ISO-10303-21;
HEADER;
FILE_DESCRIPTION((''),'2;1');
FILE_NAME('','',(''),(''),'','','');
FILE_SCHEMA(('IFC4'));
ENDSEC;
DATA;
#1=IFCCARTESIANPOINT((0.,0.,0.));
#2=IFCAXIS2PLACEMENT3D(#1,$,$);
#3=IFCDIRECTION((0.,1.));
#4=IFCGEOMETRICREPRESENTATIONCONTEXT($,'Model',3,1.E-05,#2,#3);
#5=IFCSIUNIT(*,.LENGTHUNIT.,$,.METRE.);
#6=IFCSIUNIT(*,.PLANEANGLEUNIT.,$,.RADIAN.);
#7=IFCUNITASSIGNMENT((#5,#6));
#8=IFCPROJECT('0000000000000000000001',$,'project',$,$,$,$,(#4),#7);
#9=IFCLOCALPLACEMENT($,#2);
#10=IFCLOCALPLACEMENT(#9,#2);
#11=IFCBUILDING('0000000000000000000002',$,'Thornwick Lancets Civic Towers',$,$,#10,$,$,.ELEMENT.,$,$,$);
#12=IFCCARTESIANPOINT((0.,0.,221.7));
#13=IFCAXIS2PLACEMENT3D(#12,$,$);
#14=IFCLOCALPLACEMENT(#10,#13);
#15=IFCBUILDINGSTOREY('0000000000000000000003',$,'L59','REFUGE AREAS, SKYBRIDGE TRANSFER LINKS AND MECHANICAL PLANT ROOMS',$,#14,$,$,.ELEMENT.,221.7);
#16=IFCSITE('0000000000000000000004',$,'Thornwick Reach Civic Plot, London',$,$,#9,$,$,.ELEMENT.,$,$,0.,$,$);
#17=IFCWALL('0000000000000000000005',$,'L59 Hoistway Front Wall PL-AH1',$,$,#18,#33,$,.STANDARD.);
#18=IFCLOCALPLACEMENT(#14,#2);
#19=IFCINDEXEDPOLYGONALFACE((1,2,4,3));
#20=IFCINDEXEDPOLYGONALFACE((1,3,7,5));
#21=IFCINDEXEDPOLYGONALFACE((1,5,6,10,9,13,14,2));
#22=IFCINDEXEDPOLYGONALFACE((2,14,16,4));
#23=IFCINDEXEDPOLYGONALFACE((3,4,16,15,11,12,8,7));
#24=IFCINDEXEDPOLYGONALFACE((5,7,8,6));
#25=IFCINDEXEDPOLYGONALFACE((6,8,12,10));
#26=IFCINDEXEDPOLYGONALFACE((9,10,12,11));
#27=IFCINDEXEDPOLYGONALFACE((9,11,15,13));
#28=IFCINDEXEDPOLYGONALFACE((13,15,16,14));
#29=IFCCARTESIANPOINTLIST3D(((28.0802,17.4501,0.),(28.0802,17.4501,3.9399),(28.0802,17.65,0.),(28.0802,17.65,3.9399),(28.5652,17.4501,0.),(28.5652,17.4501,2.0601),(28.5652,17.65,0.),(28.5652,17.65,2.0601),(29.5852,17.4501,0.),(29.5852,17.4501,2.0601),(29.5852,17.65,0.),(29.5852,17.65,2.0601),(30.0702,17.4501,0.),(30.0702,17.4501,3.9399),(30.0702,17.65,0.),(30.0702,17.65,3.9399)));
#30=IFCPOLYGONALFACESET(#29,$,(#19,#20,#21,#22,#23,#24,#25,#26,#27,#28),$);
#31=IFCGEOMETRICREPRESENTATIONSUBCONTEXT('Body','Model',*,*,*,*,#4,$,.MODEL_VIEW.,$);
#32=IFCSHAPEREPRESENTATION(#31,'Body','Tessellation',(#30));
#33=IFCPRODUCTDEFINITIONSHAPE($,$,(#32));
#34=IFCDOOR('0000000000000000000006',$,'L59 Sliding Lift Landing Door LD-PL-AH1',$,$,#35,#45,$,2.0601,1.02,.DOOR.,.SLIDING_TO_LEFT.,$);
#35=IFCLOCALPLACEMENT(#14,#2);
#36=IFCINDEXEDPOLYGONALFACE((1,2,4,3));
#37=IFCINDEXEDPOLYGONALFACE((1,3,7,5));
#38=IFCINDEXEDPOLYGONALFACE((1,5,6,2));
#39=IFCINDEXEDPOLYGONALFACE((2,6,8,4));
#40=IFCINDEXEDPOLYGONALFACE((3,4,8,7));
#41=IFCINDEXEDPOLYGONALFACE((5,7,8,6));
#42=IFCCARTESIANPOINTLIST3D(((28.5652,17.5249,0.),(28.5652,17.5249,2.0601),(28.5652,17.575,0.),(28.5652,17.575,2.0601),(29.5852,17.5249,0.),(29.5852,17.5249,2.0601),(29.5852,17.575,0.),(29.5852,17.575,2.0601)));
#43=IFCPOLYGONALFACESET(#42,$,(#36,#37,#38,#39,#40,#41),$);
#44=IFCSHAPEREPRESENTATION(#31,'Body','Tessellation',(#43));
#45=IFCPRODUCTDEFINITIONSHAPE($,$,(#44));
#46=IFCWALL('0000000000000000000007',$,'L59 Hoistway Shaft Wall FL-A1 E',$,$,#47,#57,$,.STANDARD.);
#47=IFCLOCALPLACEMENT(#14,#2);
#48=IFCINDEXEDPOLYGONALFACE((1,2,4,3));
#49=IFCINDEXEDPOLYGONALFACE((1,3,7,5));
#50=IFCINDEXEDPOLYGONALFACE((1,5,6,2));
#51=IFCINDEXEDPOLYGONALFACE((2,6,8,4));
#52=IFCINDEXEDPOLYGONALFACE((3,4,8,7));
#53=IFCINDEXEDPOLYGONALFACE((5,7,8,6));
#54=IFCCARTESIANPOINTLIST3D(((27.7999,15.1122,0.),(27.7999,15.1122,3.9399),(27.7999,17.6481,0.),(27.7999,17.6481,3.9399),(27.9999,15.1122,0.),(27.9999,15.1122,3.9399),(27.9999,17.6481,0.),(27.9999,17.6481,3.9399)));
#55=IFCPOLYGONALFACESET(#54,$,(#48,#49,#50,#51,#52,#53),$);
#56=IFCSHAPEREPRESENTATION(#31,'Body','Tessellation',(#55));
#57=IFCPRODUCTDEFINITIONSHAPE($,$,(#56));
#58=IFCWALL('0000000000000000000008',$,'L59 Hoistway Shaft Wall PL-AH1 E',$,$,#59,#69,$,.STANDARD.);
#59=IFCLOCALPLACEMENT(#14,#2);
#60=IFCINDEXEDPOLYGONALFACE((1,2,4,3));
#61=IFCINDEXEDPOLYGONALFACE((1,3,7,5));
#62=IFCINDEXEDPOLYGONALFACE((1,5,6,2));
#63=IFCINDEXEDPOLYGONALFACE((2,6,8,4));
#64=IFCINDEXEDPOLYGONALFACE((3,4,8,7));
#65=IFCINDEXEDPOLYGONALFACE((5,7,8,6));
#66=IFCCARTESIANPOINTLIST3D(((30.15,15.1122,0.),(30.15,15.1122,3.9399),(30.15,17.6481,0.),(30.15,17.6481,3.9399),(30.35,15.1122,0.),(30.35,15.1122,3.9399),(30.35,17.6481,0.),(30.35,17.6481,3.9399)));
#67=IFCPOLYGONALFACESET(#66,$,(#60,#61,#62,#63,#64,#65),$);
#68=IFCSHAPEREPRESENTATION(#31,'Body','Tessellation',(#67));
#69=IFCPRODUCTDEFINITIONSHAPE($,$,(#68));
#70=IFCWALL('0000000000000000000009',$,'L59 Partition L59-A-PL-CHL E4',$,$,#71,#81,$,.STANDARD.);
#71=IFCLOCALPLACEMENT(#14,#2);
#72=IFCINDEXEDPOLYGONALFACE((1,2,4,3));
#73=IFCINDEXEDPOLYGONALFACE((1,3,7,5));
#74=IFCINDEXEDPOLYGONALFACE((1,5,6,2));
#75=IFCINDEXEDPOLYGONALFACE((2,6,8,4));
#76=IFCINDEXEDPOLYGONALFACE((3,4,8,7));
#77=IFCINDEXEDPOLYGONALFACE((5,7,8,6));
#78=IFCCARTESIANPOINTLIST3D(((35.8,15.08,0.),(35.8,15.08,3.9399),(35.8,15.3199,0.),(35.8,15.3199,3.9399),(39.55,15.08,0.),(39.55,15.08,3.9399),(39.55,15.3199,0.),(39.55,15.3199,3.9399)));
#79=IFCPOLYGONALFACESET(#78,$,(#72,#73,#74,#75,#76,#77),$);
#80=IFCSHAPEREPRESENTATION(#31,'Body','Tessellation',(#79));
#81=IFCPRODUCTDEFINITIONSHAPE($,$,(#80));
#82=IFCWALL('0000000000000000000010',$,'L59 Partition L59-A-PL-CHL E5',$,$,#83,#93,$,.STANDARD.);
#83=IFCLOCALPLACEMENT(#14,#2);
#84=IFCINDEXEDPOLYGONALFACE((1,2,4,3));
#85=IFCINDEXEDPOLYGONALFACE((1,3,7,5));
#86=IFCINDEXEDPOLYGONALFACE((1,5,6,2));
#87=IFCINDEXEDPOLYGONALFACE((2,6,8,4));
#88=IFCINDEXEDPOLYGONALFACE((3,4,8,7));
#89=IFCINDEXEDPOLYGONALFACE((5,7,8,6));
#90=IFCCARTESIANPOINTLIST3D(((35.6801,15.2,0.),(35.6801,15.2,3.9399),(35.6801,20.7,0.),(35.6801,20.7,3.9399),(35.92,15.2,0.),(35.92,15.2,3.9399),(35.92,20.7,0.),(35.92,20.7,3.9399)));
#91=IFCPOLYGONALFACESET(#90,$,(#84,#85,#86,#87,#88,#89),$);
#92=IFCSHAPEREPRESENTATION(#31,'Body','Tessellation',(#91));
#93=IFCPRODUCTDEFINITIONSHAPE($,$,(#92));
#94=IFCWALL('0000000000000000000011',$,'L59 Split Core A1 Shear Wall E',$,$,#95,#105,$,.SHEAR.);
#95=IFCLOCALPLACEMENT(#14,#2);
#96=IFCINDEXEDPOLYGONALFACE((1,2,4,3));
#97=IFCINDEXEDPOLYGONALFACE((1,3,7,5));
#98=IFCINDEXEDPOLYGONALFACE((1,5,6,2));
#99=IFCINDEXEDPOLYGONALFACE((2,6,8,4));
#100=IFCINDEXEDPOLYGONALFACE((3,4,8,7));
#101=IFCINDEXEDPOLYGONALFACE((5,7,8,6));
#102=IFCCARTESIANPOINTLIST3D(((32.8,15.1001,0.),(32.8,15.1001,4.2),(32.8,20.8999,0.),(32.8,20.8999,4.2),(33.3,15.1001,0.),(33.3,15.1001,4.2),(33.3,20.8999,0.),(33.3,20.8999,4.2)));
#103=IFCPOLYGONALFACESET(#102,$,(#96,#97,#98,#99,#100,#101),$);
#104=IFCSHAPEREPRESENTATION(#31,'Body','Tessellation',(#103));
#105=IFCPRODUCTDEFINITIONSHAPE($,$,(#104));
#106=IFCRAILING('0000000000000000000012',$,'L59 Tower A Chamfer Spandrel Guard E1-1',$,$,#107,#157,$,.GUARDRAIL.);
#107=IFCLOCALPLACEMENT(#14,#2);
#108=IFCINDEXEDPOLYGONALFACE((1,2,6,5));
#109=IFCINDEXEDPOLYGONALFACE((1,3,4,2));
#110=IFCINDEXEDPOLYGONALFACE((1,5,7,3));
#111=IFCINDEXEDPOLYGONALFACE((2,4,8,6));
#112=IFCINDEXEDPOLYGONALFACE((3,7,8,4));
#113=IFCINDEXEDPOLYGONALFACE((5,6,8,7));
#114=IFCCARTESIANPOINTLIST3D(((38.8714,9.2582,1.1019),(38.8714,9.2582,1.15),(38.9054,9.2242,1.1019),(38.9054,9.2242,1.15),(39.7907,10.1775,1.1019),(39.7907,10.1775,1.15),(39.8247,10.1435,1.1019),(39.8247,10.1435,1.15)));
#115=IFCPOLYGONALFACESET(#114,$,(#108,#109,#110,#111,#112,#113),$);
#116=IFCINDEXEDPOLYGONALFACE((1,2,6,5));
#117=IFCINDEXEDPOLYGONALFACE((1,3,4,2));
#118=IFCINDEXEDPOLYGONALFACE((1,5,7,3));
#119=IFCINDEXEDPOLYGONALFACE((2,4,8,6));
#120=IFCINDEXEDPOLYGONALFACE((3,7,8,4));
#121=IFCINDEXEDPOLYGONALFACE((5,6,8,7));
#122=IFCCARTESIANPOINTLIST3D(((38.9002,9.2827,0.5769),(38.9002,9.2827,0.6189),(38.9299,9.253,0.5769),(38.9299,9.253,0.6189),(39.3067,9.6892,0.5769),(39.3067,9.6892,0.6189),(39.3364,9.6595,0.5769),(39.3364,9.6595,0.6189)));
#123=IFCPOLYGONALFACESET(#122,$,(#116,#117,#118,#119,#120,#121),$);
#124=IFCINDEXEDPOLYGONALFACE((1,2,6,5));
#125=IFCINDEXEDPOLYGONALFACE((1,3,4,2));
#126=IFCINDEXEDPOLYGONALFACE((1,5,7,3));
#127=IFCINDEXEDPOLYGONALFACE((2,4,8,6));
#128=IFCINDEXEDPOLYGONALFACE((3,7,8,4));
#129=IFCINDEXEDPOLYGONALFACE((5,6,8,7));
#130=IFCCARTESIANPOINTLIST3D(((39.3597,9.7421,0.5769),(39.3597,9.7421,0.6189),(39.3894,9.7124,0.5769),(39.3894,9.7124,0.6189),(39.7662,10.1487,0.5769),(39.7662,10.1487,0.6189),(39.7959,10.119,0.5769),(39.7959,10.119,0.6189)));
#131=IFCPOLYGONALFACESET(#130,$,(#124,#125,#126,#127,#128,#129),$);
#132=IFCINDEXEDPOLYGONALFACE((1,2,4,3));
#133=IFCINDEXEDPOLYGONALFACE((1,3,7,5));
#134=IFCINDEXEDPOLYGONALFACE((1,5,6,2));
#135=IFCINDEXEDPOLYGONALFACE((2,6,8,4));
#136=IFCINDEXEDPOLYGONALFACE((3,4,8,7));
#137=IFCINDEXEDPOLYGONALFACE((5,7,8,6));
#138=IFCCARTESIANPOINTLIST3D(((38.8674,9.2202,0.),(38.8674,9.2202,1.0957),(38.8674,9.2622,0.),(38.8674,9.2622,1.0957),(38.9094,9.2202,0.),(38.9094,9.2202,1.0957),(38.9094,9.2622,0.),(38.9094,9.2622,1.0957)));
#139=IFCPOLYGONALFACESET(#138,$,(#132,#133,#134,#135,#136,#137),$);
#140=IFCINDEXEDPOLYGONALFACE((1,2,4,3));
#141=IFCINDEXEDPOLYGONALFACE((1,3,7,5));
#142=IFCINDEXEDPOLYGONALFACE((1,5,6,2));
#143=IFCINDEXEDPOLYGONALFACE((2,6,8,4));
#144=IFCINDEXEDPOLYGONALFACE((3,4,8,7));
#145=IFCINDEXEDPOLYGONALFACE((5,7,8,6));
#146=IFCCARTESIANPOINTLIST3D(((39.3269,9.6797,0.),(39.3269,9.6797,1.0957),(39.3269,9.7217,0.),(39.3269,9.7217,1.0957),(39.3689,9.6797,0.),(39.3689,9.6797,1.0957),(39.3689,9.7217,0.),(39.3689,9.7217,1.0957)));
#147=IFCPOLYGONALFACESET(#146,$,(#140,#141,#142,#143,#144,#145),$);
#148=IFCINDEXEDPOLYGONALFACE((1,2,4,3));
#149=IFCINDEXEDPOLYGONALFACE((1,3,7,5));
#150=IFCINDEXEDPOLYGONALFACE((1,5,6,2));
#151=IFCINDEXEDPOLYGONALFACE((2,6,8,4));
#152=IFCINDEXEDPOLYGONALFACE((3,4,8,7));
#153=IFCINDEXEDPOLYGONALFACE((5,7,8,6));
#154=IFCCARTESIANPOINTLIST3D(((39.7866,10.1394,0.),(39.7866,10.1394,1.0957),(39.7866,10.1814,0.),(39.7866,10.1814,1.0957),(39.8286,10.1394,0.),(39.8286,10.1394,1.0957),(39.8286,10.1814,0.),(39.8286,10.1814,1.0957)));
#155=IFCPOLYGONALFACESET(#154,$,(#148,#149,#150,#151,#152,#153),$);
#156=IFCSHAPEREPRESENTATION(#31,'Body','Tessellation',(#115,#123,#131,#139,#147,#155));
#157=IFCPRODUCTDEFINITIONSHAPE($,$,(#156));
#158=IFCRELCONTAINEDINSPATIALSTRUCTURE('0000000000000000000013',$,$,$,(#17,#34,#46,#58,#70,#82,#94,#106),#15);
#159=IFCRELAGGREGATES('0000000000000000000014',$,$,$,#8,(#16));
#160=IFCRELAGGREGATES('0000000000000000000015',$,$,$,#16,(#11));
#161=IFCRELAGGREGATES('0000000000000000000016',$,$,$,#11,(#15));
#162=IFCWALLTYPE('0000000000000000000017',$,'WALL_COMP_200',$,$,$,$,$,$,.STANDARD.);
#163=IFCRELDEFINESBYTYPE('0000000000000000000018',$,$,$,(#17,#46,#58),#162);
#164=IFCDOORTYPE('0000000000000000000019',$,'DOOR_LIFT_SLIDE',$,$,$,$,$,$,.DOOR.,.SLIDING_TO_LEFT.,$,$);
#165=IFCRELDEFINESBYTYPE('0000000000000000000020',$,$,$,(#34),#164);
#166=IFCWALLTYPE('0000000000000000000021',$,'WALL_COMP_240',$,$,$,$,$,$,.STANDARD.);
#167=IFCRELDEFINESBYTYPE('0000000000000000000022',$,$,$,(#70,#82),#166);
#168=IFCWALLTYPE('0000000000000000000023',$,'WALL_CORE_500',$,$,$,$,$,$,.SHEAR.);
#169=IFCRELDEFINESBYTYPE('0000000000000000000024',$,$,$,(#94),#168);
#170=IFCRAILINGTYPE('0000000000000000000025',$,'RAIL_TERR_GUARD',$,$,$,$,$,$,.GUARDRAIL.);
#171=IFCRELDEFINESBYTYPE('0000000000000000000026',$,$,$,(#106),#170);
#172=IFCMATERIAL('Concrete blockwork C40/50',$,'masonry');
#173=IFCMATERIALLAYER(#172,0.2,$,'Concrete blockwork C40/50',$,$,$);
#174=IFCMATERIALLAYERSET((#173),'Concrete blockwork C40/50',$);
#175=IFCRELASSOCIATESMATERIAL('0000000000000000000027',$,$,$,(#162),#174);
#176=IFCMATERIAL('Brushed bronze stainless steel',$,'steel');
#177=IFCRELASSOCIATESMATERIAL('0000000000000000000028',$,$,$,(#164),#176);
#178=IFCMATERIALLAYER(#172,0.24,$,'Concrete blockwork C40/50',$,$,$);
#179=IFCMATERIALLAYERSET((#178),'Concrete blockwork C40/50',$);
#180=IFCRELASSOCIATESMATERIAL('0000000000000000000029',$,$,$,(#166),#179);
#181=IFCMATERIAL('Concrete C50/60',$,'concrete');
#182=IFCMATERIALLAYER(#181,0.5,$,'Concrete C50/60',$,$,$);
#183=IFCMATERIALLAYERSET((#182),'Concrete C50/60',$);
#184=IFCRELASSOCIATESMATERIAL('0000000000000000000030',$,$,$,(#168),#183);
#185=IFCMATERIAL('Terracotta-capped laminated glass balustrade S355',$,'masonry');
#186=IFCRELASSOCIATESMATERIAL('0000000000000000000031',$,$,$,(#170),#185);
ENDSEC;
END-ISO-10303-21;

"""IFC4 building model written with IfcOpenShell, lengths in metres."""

from ifc_helpers import new_model, si_unit, direction, frame, frame_2d, origin, origin_2d, place, context, subcontext, project, spatial, rectangle, extrude, material, layer, layer_set, type_object, element, fill, save


model = new_model("IFC4")

# Units and contexts
model_context = context("Model", 3, precision=1e-05, world=origin(), true_north=direction((0.0, 1.0)))
body_context = subcontext(model_context, "Body", "Model", "MODEL_VIEW")
ifc_project = project(units=[si_unit("LENGTHUNIT", "METRE"), si_unit("PLANEANGLEUNIT", "RADIAN")], contexts=[model_context])

# Site, building, storey
site_placement = place(None, origin())
site = spatial("IfcSite", under=ifc_project, at=site_placement, Name="Thornwick Reach Civic Plot, London", CompositionType="ELEMENT", RefElevation=0.0)
building_placement = place(site_placement, origin())
building = spatial("IfcBuilding", under=site, at=building_placement, Name="Thornwick Lancets Civic Towers", CompositionType="ELEMENT")
storey_placement = place(building_placement, frame((0.0, 0.0, 221.7)))
storey = spatial("IfcBuildingStorey", under=building, at=storey_placement, Name="L59", Description="REFUGE AREAS, SKYBRIDGE TRANSFER LINKS AND MECHANICAL PLANT ROOMS", CompositionType="ELEMENT", Elevation=221.7)

# Shared definitions
ifc_material_1 = material(Name="Concrete C50/60", Category="concrete")

# Wall, opening, door
ifc_material_2 = material(Name="Concrete blockwork C40/50", Category="masonry")
ifc_layer_1 = layer(ifc_material_2, 0.2, Name="Concrete blockwork C40/50")
ifc_layer_set_1 = layer_set([ifc_layer_1], Name="Concrete blockwork C40/50")
wall_type_1 = type_object("IfcWallType", Name="WALL_COMP_200", PredefinedType="STANDARD", material=ifc_layer_set_1)
wall_1_placement = place(storey_placement, frame((28.0801, 17.55, 0.0), z_axis=(0.0, 0.0, 1.0), x_axis=(1.0, 0.0, 0.0)))
wall_1 = element("IfcWall", 1, at=wall_1_placement, inside=storey, type_object=wall_type_1, Name="L59 Hoistway Front Wall PL-AH1", PredefinedType="STANDARD", context=body_context, shape_type="SweptSolid", body=[
    extrude(rectangle(XDim=1.99, YDim=0.2, at=frame_2d((0.9951, 0.0))), origin(), (0.0, 0.0, 1.0), 3.9399),
])
opening_placement = place(wall_1_placement, frame((0.4851, 0.0, 0.0)))
opening = element("IfcOpeningElement", 2, at=opening_placement, cuts=wall_1, PredefinedType="OPENING", context=body_context, shape_type="SweptSolid", body=[
    extrude(rectangle(XDim=1.02, YDim=2.0601, at=frame_2d((0.51, 1.03))), frame((0.0, 0.1099, 0.0), z_axis=(0.0, -1.0, 0.0), x_axis=(1.0, 0.0, 0.0)), (0.0, 0.0, 1.0), 0.22),
])
ifc_material_3 = material(Name="Brushed bronze stainless steel", Category="steel")
door_type = type_object("IfcDoorType", Name="DOOR_LIFT_SLIDE", OperationType="SLIDING_TO_LEFT", PredefinedType="DOOR", material=ifc_material_3)
door_placement = place(opening_placement, origin())
door = element("IfcDoor", 3, at=door_placement, inside=storey, type_object=door_type, Name="L59 Sliding Lift Landing Door LD-PL-AH1", OperationType="SLIDING_TO_LEFT", OverallHeight=2.0601, OverallWidth=1.02, PredefinedType="DOOR", context=body_context, shape_type="SweptSolid", body=[
    extrude(rectangle(XDim=1.02, YDim=2.0601, at=frame_2d((0.51, 1.03))), frame((0.0, 0.0249, 0.0), z_axis=(0.0, -1.0, 0.0), x_axis=(1.0, 0.0, 0.0)), (0.0, 0.0, 1.0), 0.05),
])
fill(opening, door)

# Walls
for number, where, z_axis, x_axis, name in (
    (4, (27.8999, 15.1121, 0.0), (0.0, 0.0, 1.0), (0.0, 1.0, 0.0), "L59 Hoistway Shaft Wall FL-A1 E"),
    (5, (30.25, 15.1121, 0.0), (0.0, 0.0, 1.0), (0.0, 1.0, 0.0), "L59 Hoistway Shaft Wall PL-AH1 E"),
):
    element("IfcWall", number, at=place(storey_placement, frame(where, z_axis=z_axis, x_axis=x_axis)), inside=storey, type_object=wall_type_1, Name=name, PredefinedType="STANDARD", context=body_context, shape_type="SweptSolid", body=[
        extrude(rectangle(XDim=2.5359, YDim=0.2, at=frame_2d((1.2681, 0.0))), origin(), (0.0, 0.0, 1.0), 3.9399),
    ])
ifc_layer_2 = layer(ifc_material_2, 0.24, Name="Concrete blockwork C40/50")
ifc_layer_set_2 = layer_set([ifc_layer_2], Name="Concrete blockwork C40/50")
wall_type_2 = type_object("IfcWallType", Name="WALL_COMP_240", PredefinedType="STANDARD", material=ifc_layer_set_2)
wall_2_placement = place(storey_placement, frame((39.55, 15.2, 0.0), z_axis=(0.0, 0.0, 1.0), x_axis=(-1.0, 0.0, 0.0)))
element("IfcWall", 6, at=wall_2_placement, inside=storey, type_object=wall_type_2, Name="L59 Partition L59-A-PL-CHL E4", PredefinedType="STANDARD", context=body_context, shape_type="SweptSolid", body=[
    extrude(rectangle(XDim=3.75, YDim=0.24, at=frame_2d((1.875, 0.0))), origin(), (0.0, 0.0, 1.0), 3.9399),
])
wall_3_placement = place(storey_placement, frame((35.8, 15.2, 0.0), z_axis=(0.0, 0.0, 1.0), x_axis=(0.0, 1.0, 0.0)))
element("IfcWall", 7, at=wall_3_placement, inside=storey, type_object=wall_type_2, Name="L59 Partition L59-A-PL-CHL E5", PredefinedType="STANDARD", context=body_context, shape_type="SweptSolid", body=[
    extrude(rectangle(XDim=5.5, YDim=0.24, at=frame_2d((2.75, 0.0))), origin(), (0.0, 0.0, 1.0), 3.9399),
])
ifc_layer_3 = layer(ifc_material_1, 0.5, Name="Concrete C50/60")
ifc_layer_set_3 = layer_set([ifc_layer_3], Name="Concrete C50/60")
wall_type_3 = type_object("IfcWallType", Name="WALL_CORE_500", PredefinedType="SHEAR", material=ifc_layer_set_3)
wall_4_placement = place(storey_placement, frame((33.05, 15.1001, 0.0), z_axis=(0.0, 0.0, 1.0), x_axis=(0.0, 1.0, 0.0)))
element("IfcWall", 8, at=wall_4_placement, inside=storey, type_object=wall_type_3, Name="L59 Split Core A1 Shear Wall E", PredefinedType="SHEAR", context=body_context, shape_type="SweptSolid", body=[
    extrude(rectangle(XDim=5.7998, YDim=0.5, at=frame_2d((2.8999, 0.0))), origin(), (0.0, 0.0, 1.0), 4.2),
])

# Railing
ifc_material_4 = material(Name="Terracotta-capped laminated glass balustrade S355", Category="masonry")
railing_type = type_object("IfcRailingType", Name="RAIL_TERR_GUARD", PredefinedType="GUARDRAIL", material=ifc_material_4)
railing_placement = place(storey_placement, frame((38.8884, 9.2412, 0.0)))
element("IfcRailing", 9, at=railing_placement, inside=storey, type_object=railing_type, Name="L59 Tower A Chamfer Spandrel Guard E1-1", PredefinedType="GUARDRAIL", context=body_context, shape_type="SweptSolid", body=[
    extrude(rectangle(XDim=0.0481, YDim=0.0481, at=origin_2d()), frame((0.0, 0.0, 1.126), z_axis=(0.707107, 0.707107, 0.0), x_axis=(-0.707107, 0.707107, 0.0)), (0.0, 0.0, 1.0), 1.3),
    extrude(rectangle(XDim=0.042, YDim=0.042, at=origin_2d()), frame((0.0266, 0.0266, 0.5979), z_axis=(0.707107, 0.707107, 0.0), x_axis=(-0.707107, 0.707107, 0.0)), (0.0, 0.0, 1.0), 0.575),
    extrude(rectangle(XDim=0.042, YDim=0.042, at=origin_2d()), frame((0.4861, 0.4861, 0.5979), z_axis=(0.707107, 0.707107, 0.0), x_axis=(-0.707107, 0.707107, 0.0)), (0.0, 0.0, 1.0), 0.575),
    extrude(rectangle(XDim=0.042, YDim=0.042, at=origin_2d()), origin(), (0.0, 0.0, 1.0), 1.0957),
    extrude(rectangle(XDim=0.042, YDim=0.042, at=origin_2d()), frame((0.4595, 0.4595, 0.0)), (0.0, 0.0, 1.0), 1.0957),
    extrude(rectangle(XDim=0.042, YDim=0.042, at=origin_2d()), frame((0.9192, 0.9192, 0.0)), (0.0, 0.0, 1.0), 1.0957),
])

save(model, "model.ifc")
